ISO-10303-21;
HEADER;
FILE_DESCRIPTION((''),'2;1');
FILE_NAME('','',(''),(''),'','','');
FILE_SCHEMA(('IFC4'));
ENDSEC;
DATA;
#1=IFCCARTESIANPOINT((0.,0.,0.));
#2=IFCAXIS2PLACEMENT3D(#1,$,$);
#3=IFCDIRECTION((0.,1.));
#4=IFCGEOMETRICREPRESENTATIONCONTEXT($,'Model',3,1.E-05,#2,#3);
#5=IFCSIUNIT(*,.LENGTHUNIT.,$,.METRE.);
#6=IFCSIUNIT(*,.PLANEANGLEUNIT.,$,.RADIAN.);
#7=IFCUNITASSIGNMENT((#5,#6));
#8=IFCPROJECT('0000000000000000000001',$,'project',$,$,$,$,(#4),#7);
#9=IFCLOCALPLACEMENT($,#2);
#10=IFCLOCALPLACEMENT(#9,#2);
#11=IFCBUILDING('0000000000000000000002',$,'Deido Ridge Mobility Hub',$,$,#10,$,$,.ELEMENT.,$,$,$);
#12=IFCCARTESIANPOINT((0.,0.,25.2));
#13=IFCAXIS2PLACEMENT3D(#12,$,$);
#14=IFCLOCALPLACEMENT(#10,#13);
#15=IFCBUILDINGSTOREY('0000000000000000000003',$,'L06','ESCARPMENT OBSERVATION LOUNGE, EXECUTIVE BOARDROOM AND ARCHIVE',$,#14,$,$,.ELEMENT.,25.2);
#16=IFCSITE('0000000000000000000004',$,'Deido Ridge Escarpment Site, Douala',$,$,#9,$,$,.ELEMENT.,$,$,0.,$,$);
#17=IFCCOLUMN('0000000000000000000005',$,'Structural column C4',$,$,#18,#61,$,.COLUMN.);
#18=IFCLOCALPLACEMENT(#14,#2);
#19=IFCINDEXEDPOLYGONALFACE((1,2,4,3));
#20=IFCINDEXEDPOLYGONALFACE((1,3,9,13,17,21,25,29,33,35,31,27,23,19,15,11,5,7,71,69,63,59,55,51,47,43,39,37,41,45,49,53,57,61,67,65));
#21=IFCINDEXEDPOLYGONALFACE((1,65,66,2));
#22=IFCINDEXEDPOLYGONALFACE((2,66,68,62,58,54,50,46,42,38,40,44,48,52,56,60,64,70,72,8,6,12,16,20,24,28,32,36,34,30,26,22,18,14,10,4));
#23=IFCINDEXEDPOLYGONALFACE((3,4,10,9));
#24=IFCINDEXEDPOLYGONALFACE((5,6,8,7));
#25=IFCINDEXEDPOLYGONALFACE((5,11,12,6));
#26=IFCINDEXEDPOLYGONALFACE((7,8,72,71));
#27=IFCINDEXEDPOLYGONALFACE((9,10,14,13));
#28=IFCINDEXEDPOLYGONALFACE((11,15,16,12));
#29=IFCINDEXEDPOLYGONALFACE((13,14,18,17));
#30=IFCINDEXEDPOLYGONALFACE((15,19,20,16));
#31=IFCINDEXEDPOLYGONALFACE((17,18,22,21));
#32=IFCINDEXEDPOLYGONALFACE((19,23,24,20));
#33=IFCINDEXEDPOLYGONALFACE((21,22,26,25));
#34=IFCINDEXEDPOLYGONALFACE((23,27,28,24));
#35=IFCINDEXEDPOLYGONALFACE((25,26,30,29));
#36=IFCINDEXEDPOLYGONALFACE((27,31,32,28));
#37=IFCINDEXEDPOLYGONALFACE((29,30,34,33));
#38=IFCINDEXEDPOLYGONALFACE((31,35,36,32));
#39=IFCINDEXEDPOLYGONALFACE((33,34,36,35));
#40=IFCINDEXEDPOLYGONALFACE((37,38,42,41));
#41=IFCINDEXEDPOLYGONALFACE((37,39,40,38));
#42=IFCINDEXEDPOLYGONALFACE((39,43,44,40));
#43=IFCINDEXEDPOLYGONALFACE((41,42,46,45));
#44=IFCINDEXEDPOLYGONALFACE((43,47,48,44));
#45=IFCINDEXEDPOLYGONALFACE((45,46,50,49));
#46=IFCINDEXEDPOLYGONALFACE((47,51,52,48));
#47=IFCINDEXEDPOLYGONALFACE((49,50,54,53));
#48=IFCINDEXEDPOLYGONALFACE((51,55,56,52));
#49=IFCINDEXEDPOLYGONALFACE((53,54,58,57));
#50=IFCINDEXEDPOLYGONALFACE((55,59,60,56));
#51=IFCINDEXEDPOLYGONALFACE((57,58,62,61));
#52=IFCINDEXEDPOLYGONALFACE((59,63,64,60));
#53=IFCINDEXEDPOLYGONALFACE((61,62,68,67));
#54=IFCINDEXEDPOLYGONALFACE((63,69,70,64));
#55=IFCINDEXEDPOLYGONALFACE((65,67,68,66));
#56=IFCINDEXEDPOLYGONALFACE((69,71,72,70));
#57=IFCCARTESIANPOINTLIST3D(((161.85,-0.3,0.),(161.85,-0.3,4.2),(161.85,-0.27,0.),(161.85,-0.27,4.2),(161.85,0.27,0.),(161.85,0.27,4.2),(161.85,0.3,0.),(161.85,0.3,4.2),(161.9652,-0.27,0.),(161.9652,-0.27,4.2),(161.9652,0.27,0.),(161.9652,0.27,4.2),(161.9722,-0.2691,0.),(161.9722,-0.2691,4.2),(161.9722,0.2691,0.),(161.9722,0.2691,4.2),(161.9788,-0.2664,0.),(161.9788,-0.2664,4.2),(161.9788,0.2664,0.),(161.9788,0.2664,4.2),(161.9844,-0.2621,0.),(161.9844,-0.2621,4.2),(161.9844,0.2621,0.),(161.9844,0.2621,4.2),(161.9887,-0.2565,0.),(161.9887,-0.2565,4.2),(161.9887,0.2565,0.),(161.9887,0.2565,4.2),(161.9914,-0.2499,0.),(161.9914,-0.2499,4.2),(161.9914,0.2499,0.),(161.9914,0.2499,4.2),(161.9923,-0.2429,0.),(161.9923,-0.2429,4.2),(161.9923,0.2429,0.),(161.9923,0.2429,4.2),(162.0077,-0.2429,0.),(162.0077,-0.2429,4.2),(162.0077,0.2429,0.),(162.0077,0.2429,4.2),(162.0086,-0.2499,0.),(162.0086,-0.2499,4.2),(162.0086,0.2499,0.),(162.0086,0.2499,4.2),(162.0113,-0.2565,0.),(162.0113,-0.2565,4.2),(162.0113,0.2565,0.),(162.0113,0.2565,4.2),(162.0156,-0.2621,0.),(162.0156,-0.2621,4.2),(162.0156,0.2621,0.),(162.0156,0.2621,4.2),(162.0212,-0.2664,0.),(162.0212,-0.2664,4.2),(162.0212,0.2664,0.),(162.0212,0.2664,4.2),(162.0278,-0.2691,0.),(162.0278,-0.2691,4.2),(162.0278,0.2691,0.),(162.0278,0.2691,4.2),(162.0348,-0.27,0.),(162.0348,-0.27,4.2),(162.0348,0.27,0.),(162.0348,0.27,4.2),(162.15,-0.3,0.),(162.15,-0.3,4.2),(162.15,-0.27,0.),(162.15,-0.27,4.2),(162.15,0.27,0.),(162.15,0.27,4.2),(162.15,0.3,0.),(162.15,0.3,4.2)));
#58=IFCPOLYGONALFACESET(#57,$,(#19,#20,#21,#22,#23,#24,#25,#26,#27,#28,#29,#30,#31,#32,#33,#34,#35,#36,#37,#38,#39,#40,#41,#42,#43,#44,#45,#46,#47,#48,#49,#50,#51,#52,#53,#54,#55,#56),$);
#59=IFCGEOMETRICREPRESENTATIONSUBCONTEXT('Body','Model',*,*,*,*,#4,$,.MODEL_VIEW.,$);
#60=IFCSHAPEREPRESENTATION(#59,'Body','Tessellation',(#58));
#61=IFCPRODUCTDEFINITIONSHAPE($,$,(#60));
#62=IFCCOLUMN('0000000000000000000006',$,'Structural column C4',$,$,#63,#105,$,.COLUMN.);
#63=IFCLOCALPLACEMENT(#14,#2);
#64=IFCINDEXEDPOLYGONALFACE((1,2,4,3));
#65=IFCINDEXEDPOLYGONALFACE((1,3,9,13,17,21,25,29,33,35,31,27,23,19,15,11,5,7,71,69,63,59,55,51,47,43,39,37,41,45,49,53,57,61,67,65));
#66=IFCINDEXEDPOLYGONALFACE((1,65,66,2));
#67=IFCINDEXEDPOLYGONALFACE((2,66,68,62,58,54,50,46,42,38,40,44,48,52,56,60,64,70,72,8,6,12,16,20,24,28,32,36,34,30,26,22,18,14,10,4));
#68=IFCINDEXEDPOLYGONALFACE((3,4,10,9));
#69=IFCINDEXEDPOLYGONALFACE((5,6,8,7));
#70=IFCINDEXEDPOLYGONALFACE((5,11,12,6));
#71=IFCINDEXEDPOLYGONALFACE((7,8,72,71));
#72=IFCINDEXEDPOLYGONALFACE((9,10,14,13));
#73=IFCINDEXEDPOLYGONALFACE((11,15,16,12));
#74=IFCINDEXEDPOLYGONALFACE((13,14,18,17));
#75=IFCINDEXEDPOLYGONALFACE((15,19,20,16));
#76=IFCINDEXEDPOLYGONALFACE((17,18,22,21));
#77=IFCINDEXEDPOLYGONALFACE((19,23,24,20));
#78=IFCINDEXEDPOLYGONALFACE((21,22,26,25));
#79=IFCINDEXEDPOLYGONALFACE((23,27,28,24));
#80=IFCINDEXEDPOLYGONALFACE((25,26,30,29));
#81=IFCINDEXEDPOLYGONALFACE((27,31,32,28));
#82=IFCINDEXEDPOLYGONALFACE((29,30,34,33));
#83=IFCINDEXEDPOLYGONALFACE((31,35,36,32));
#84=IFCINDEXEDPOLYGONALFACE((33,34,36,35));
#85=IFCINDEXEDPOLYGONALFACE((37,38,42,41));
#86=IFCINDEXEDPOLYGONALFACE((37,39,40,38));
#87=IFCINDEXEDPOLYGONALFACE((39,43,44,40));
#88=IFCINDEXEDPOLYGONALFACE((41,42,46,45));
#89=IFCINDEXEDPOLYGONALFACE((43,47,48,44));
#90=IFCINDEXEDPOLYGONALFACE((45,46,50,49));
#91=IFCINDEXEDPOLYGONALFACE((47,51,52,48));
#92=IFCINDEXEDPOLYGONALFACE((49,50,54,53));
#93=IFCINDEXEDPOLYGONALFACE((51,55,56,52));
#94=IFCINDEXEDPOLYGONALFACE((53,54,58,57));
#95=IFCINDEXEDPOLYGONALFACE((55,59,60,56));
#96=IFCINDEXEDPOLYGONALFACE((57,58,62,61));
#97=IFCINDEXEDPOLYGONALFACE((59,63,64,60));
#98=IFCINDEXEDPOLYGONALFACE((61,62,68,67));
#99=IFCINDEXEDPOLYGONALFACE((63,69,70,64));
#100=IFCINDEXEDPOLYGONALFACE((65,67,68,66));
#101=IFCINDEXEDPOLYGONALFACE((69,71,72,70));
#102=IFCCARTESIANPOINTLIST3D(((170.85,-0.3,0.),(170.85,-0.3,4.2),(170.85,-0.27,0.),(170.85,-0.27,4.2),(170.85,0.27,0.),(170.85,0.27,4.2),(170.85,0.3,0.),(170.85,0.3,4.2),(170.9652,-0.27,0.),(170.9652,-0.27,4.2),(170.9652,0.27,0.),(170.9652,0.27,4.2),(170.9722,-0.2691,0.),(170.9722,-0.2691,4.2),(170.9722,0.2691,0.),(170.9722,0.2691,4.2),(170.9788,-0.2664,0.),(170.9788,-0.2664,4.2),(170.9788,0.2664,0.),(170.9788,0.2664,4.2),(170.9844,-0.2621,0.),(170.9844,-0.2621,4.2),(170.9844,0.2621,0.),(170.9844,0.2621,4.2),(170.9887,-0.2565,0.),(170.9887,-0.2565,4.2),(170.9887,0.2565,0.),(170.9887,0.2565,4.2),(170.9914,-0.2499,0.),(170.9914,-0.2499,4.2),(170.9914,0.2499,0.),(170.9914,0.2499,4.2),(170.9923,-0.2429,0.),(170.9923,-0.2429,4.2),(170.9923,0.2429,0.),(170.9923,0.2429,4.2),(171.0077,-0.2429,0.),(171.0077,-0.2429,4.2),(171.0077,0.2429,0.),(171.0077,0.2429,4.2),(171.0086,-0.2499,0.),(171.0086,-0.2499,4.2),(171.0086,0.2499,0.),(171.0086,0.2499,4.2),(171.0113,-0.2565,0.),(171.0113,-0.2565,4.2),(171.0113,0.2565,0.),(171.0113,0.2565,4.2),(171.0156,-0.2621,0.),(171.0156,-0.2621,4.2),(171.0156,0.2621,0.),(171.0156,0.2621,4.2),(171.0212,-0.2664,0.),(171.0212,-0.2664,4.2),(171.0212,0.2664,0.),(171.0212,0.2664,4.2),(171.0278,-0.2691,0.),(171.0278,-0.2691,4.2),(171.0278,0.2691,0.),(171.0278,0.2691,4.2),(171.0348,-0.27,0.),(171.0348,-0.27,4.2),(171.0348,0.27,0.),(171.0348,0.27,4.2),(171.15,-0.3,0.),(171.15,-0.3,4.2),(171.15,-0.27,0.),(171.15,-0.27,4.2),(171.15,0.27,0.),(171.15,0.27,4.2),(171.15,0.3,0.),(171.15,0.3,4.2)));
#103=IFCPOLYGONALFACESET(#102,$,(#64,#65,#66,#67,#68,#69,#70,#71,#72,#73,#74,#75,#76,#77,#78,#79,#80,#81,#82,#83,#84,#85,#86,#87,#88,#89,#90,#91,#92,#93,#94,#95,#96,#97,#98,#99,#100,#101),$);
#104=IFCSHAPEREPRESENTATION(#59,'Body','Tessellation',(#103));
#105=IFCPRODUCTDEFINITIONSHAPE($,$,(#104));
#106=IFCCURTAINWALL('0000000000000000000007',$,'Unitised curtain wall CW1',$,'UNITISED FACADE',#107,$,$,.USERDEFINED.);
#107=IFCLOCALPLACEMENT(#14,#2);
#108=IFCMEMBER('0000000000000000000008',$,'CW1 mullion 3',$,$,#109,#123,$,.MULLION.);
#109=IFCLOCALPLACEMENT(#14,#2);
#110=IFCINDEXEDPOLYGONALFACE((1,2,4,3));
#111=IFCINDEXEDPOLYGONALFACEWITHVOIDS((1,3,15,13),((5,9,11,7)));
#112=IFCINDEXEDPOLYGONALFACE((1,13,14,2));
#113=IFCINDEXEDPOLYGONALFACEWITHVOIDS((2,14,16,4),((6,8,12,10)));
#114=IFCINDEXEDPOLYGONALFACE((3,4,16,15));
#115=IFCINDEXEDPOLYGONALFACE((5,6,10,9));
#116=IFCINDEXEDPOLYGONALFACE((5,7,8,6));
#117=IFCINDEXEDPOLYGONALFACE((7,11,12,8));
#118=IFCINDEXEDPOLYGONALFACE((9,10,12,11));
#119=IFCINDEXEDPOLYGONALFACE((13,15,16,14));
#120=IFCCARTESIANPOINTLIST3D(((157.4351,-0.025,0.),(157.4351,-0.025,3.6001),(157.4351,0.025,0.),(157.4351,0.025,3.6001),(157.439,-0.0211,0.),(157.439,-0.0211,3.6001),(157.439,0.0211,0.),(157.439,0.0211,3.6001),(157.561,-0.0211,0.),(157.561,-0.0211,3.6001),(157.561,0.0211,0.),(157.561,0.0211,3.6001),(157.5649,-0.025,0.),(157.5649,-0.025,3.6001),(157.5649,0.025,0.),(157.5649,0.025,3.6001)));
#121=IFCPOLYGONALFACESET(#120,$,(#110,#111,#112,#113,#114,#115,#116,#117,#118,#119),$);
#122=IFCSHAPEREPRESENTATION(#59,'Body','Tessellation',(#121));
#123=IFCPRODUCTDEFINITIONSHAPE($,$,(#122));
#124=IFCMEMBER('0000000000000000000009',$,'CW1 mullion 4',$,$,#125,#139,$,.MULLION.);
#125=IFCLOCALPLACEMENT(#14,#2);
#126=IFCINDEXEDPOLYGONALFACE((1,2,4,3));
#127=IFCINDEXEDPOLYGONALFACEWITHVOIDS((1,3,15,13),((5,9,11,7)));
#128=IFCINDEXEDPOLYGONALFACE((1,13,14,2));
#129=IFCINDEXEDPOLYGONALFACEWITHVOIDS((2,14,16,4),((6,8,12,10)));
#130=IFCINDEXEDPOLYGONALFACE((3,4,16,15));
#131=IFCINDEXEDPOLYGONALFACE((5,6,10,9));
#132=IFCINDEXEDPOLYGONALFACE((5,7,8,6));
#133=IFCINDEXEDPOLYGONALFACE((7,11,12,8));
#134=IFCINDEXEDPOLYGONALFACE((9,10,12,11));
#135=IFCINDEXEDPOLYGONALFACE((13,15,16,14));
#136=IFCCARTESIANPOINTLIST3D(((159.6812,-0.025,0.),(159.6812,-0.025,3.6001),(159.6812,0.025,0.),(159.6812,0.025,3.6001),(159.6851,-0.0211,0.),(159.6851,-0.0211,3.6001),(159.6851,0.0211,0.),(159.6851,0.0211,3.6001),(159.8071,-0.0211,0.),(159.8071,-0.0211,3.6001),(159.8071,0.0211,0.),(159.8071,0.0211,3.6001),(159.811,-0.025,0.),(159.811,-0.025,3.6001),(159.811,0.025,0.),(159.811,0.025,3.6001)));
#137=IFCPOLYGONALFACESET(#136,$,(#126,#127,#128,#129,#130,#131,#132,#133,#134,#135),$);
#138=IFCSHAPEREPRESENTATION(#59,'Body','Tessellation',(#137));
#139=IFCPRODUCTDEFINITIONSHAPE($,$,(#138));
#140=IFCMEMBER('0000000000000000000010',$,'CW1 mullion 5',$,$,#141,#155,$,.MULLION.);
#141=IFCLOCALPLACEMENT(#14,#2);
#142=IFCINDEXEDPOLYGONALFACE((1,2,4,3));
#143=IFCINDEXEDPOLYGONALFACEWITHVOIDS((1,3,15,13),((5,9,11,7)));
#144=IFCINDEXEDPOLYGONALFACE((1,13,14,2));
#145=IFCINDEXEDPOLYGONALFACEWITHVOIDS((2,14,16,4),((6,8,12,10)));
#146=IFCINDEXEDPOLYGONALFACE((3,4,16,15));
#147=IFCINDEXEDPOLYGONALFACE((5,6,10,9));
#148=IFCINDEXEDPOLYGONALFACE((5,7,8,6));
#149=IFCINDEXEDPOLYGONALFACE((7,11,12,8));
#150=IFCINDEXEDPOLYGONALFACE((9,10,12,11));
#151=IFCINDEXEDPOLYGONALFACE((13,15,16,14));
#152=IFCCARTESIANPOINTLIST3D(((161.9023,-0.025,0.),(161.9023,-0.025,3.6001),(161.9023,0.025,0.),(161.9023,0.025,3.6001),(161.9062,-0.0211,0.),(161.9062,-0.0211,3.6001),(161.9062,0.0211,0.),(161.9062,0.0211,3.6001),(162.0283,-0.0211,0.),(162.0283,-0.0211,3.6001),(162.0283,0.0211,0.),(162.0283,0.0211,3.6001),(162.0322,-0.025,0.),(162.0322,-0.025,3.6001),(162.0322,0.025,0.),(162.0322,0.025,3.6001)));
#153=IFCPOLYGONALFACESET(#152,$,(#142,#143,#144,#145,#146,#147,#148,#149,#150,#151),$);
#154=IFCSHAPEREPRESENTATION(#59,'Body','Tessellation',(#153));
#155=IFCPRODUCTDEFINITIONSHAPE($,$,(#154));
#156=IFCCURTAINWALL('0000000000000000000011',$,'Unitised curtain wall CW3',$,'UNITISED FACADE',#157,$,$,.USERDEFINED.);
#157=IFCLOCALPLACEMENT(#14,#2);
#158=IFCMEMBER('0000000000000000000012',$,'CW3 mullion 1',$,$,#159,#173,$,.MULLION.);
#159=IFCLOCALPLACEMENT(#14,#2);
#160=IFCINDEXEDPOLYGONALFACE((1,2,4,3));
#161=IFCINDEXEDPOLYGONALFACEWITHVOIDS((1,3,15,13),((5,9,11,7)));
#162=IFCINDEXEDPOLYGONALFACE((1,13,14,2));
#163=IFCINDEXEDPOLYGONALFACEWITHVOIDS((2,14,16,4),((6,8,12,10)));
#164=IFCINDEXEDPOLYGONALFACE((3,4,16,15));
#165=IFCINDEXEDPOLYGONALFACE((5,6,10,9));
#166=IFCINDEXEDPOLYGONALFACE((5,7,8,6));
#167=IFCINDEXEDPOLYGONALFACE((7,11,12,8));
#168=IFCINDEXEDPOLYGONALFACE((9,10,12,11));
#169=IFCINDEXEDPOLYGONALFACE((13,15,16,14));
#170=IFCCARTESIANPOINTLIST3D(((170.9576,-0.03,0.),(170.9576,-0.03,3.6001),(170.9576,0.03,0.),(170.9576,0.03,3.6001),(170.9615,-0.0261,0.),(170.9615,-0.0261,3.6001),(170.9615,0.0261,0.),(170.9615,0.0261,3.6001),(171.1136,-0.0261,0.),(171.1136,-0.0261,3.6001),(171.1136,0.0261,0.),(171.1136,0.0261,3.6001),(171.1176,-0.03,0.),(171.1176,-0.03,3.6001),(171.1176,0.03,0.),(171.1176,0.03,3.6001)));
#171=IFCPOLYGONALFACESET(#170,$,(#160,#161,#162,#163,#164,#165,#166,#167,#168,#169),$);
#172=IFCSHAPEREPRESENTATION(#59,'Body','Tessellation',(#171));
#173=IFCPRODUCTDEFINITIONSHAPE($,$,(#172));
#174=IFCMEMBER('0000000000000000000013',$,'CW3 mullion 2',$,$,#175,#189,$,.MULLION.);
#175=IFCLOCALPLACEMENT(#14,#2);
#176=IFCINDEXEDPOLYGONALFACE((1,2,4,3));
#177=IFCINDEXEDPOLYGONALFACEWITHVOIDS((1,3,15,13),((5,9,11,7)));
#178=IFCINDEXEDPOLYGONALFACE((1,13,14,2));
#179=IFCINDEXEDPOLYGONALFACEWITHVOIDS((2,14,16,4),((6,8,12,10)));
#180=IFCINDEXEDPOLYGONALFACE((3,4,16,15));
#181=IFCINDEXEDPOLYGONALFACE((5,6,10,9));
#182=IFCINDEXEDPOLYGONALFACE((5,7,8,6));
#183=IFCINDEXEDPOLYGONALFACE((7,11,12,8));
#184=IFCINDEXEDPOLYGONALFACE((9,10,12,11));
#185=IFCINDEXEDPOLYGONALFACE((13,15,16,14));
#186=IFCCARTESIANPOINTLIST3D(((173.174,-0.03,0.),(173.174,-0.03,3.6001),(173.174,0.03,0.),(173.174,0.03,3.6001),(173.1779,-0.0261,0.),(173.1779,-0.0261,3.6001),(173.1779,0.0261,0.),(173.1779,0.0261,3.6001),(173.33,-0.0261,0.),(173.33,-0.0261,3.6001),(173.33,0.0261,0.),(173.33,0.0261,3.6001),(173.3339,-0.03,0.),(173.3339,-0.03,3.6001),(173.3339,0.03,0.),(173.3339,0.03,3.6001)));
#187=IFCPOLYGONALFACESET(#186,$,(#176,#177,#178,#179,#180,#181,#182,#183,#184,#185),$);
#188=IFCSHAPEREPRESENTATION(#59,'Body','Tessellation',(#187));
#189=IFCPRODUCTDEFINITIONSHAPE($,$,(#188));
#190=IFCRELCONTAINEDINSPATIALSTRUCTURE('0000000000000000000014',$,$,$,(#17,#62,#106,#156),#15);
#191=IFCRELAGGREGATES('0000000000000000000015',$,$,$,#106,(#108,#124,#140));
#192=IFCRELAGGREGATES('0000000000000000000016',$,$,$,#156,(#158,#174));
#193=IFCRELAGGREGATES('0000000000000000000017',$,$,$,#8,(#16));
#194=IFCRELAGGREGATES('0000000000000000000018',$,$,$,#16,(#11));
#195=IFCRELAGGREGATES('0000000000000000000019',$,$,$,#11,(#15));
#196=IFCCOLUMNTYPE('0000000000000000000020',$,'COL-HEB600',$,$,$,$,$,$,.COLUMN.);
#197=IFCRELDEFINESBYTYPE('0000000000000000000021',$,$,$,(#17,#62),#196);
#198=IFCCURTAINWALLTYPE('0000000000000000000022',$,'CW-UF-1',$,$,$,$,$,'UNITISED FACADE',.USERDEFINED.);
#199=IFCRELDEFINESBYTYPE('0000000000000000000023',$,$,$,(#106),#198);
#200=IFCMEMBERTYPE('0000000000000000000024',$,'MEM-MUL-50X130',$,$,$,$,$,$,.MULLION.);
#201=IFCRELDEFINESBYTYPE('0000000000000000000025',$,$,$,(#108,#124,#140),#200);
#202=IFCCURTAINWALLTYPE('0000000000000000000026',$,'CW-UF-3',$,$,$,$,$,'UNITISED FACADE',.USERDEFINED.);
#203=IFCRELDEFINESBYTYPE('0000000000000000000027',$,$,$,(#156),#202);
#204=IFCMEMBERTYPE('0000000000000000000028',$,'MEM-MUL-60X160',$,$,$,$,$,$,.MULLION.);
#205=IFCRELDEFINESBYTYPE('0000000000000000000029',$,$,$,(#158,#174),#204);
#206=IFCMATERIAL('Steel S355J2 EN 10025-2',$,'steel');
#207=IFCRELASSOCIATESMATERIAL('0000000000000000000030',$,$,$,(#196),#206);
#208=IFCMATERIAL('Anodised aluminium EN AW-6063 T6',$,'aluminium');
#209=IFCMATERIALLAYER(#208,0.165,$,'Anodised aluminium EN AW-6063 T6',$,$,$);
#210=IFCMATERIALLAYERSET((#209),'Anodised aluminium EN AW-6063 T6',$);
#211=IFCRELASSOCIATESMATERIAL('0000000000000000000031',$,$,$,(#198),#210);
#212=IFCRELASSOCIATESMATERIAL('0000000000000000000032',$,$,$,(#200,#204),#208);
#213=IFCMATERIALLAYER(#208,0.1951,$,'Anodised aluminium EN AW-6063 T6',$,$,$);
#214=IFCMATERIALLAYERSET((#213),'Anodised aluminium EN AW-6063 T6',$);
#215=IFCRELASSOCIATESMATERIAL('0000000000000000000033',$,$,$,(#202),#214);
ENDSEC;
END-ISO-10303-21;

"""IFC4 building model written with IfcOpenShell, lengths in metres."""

from ifc_helpers import new_model, si_unit, direction, frame, origin, origin_2d, place, context, subcontext, project, spatial, hollow_rectangle, i_section, extrude, material, layer, layer_set, material_profile, profile_set, type_object, element, aggregate, save


model = new_model("IFC4")

# Units and contexts
model_context = context("Model", 3, precision=1e-05, world=origin(), true_north=direction((0.0, 1.0)))
body_context = subcontext(model_context, "Body", "Model", "MODEL_VIEW")
ifc_project = project(units=[si_unit("LENGTHUNIT", "METRE"), si_unit("PLANEANGLEUNIT", "RADIAN")], contexts=[model_context])

# Site, building, storey
site_placement = place(None, origin())
site = spatial("IfcSite", under=ifc_project, at=site_placement, Name="Deido Ridge Escarpment Site, Douala", CompositionType="ELEMENT", RefElevation=0.0)
building_placement = place(site_placement, origin())
building = spatial("IfcBuilding", under=site, at=building_placement, Name="Deido Ridge Mobility Hub", CompositionType="ELEMENT")
storey_placement = place(building_placement, frame((0.0, 0.0, 25.2)))
storey = spatial("IfcBuildingStorey", under=building, at=storey_placement, Name="L06", Description="ESCARPMENT OBSERVATION LOUNGE, EXECUTIVE BOARDROOM AND ARCHIVE", CompositionType="ELEMENT", Elevation=25.2)

# Columns
ifc_material_1 = material(Name="Steel S355J2 EN 10025-2", Category="steel")
ifc_material_profile_1 = material_profile(ifc_material_1, i_section(OverallWidth=0.3, OverallDepth=0.6001, WebThickness=0.0154, FlangeThickness=0.03, FilletRadius=0.0271, at=origin_2d()), Name="HEB 600")
ifc_profile_set_1 = profile_set([ifc_material_profile_1], Name="Steel S355J2 EN 10025-2")
column_type = type_object("IfcColumnType", Name="COL-HEB600", PredefinedType="COLUMN", material=ifc_profile_set_1)
for number, where, z_axis, x_axis, name in (
    (1, (162.0, 0.0, 0.0), (0.0, 0.0, 1.0), (1.0, 0.0, 0.0), "Structural column C4"),
    (2, (171.0, 0.0, 0.0), (0.0, 0.0, 1.0), (1.0, 0.0, 0.0), "Structural column C4"),
):
    element("IfcColumn", number, at=place(storey_placement, frame(where, z_axis=z_axis, x_axis=x_axis)), inside=storey, type_object=column_type, Name=name, PredefinedType="COLUMN", context=body_context, shape_type="SweptSolid", body=[
        extrude(i_section(OverallWidth=0.3, OverallDepth=0.6001, WebThickness=0.0154, FlangeThickness=0.03, FilletRadius=0.0271, at=origin_2d()), origin(), (0.0, 0.0, 1.0), 4.2),
    ])

# Curtain walls, members
ifc_material_2 = material(Name="Anodised aluminium EN AW-6063 T6", Category="aluminium")
ifc_layer_1 = layer(ifc_material_2, 0.165, Name="Anodised aluminium EN AW-6063 T6")
ifc_layer_set_1 = layer_set([ifc_layer_1], Name="Anodised aluminium EN AW-6063 T6")
curtain_wall_type_1 = type_object("IfcCurtainWallType", Name="CW-UF-1", ElementType="UNITISED FACADE", PredefinedType="USERDEFINED", material=ifc_layer_set_1)
curtain_wall_1_placement = place(storey_placement, origin())
curtain_wall_1 = element("IfcCurtainWall", 3, at=curtain_wall_1_placement, inside=storey, type_object=curtain_wall_type_1, Name="Unitised curtain wall CW1", ObjectType="UNITISED FACADE", PredefinedType="USERDEFINED")
ifc_material_profile_2 = material_profile(ifc_material_2, hollow_rectangle(XDim=0.05, YDim=0.1299, WallThickness=0.0039, at=origin_2d()), Name="RHS 50x130x4")
ifc_profile_set_2 = profile_set([ifc_material_profile_2], Name="Anodised aluminium EN AW-6063 T6")
member_type_1 = type_object("IfcMemberType", Name="MEM-MUL-50X130", PredefinedType="MULLION", material=ifc_profile_set_2)
member_1_placement = place(storey_placement, frame((157.5, 0.0, 0.0), z_axis=(0.0, 0.0, 1.0), x_axis=(0.0, 1.0, 0.0)))
member_1 = element("IfcMember", 4, at=member_1_placement, type_object=member_type_1, Name="CW1 mullion 3", PredefinedType="MULLION", context=body_context, shape_type="SweptSolid", body=[
    extrude(hollow_rectangle(XDim=0.05, YDim=0.1299, WallThickness=0.0039, at=origin_2d()), origin(), (0.0, 0.0, 1.0), 3.6001),
])
member_2_placement = place(storey_placement, frame((159.7461, 0.0, 0.0), z_axis=(0.0, 0.0, 1.0), x_axis=(0.0, 1.0, 0.0)))
member_2 = element("IfcMember", 5, at=member_2_placement, type_object=member_type_1, Name="CW1 mullion 4", PredefinedType="MULLION", context=body_context, shape_type="SweptSolid", body=[
    extrude(hollow_rectangle(XDim=0.05, YDim=0.1299, WallThickness=0.0039, at=origin_2d()), origin(), (0.0, 0.0, 1.0), 3.6001),
])
member_3_placement = place(storey_placement, frame((161.9673, 0.0, 0.0), z_axis=(0.0, 0.0, 1.0), x_axis=(0.0, 1.0, 0.0)))
member_3 = element("IfcMember", 6, at=member_3_placement, type_object=member_type_1, Name="CW1 mullion 5", PredefinedType="MULLION", context=body_context, shape_type="SweptSolid", body=[
    extrude(hollow_rectangle(XDim=0.05, YDim=0.1299, WallThickness=0.0039, at=origin_2d()), origin(), (0.0, 0.0, 1.0), 3.6001),
])
ifc_layer_2 = layer(ifc_material_2, 0.1951, Name="Anodised aluminium EN AW-6063 T6")
ifc_layer_set_2 = layer_set([ifc_layer_2], Name="Anodised aluminium EN AW-6063 T6")
curtain_wall_type_2 = type_object("IfcCurtainWallType", Name="CW-UF-3", ElementType="UNITISED FACADE", PredefinedType="USERDEFINED", material=ifc_layer_set_2)
curtain_wall_2_placement = place(storey_placement, origin())
curtain_wall_2 = element("IfcCurtainWall", 7, at=curtain_wall_2_placement, inside=storey, type_object=curtain_wall_type_2, Name="Unitised curtain wall CW3", ObjectType="UNITISED FACADE", PredefinedType="USERDEFINED")
ifc_material_profile_3 = material_profile(ifc_material_2, hollow_rectangle(XDim=0.0601, YDim=0.1599, WallThickness=0.0039, at=origin_2d()), Name="RHS 60x160x4")
ifc_profile_set_3 = profile_set([ifc_material_profile_3], Name="Anodised aluminium EN AW-6063 T6")
member_type_2 = type_object("IfcMemberType", Name="MEM-MUL-60X160", PredefinedType="MULLION", material=ifc_profile_set_3)
member_4_placement = place(storey_placement, frame((171.0376, 0.0, 0.0), z_axis=(0.0, 0.0, 1.0), x_axis=(0.0, 1.0, 0.0)))
member_4 = element("IfcMember", 8, at=member_4_placement, type_object=member_type_2, Name="CW3 mullion 1", PredefinedType="MULLION", context=body_context, shape_type="SweptSolid", body=[
    extrude(hollow_rectangle(XDim=0.0601, YDim=0.1599, WallThickness=0.0039, at=origin_2d()), origin(), (0.0, 0.0, 1.0), 3.6001),
])
member_5_placement = place(storey_placement, frame((173.2539, 0.0, 0.0), z_axis=(0.0, 0.0, 1.0), x_axis=(0.0, 1.0, 0.0)))
member_5 = element("IfcMember", 9, at=member_5_placement, type_object=member_type_2, Name="CW3 mullion 2", PredefinedType="MULLION", context=body_context, shape_type="SweptSolid", body=[
    extrude(hollow_rectangle(XDim=0.0601, YDim=0.1599, WallThickness=0.0039, at=origin_2d()), origin(), (0.0, 0.0, 1.0), 3.6001),
])

aggregate(curtain_wall_1, [member_1, member_2, member_3])
aggregate(curtain_wall_2, [member_4, member_5])

save(model, "model.ifc")
